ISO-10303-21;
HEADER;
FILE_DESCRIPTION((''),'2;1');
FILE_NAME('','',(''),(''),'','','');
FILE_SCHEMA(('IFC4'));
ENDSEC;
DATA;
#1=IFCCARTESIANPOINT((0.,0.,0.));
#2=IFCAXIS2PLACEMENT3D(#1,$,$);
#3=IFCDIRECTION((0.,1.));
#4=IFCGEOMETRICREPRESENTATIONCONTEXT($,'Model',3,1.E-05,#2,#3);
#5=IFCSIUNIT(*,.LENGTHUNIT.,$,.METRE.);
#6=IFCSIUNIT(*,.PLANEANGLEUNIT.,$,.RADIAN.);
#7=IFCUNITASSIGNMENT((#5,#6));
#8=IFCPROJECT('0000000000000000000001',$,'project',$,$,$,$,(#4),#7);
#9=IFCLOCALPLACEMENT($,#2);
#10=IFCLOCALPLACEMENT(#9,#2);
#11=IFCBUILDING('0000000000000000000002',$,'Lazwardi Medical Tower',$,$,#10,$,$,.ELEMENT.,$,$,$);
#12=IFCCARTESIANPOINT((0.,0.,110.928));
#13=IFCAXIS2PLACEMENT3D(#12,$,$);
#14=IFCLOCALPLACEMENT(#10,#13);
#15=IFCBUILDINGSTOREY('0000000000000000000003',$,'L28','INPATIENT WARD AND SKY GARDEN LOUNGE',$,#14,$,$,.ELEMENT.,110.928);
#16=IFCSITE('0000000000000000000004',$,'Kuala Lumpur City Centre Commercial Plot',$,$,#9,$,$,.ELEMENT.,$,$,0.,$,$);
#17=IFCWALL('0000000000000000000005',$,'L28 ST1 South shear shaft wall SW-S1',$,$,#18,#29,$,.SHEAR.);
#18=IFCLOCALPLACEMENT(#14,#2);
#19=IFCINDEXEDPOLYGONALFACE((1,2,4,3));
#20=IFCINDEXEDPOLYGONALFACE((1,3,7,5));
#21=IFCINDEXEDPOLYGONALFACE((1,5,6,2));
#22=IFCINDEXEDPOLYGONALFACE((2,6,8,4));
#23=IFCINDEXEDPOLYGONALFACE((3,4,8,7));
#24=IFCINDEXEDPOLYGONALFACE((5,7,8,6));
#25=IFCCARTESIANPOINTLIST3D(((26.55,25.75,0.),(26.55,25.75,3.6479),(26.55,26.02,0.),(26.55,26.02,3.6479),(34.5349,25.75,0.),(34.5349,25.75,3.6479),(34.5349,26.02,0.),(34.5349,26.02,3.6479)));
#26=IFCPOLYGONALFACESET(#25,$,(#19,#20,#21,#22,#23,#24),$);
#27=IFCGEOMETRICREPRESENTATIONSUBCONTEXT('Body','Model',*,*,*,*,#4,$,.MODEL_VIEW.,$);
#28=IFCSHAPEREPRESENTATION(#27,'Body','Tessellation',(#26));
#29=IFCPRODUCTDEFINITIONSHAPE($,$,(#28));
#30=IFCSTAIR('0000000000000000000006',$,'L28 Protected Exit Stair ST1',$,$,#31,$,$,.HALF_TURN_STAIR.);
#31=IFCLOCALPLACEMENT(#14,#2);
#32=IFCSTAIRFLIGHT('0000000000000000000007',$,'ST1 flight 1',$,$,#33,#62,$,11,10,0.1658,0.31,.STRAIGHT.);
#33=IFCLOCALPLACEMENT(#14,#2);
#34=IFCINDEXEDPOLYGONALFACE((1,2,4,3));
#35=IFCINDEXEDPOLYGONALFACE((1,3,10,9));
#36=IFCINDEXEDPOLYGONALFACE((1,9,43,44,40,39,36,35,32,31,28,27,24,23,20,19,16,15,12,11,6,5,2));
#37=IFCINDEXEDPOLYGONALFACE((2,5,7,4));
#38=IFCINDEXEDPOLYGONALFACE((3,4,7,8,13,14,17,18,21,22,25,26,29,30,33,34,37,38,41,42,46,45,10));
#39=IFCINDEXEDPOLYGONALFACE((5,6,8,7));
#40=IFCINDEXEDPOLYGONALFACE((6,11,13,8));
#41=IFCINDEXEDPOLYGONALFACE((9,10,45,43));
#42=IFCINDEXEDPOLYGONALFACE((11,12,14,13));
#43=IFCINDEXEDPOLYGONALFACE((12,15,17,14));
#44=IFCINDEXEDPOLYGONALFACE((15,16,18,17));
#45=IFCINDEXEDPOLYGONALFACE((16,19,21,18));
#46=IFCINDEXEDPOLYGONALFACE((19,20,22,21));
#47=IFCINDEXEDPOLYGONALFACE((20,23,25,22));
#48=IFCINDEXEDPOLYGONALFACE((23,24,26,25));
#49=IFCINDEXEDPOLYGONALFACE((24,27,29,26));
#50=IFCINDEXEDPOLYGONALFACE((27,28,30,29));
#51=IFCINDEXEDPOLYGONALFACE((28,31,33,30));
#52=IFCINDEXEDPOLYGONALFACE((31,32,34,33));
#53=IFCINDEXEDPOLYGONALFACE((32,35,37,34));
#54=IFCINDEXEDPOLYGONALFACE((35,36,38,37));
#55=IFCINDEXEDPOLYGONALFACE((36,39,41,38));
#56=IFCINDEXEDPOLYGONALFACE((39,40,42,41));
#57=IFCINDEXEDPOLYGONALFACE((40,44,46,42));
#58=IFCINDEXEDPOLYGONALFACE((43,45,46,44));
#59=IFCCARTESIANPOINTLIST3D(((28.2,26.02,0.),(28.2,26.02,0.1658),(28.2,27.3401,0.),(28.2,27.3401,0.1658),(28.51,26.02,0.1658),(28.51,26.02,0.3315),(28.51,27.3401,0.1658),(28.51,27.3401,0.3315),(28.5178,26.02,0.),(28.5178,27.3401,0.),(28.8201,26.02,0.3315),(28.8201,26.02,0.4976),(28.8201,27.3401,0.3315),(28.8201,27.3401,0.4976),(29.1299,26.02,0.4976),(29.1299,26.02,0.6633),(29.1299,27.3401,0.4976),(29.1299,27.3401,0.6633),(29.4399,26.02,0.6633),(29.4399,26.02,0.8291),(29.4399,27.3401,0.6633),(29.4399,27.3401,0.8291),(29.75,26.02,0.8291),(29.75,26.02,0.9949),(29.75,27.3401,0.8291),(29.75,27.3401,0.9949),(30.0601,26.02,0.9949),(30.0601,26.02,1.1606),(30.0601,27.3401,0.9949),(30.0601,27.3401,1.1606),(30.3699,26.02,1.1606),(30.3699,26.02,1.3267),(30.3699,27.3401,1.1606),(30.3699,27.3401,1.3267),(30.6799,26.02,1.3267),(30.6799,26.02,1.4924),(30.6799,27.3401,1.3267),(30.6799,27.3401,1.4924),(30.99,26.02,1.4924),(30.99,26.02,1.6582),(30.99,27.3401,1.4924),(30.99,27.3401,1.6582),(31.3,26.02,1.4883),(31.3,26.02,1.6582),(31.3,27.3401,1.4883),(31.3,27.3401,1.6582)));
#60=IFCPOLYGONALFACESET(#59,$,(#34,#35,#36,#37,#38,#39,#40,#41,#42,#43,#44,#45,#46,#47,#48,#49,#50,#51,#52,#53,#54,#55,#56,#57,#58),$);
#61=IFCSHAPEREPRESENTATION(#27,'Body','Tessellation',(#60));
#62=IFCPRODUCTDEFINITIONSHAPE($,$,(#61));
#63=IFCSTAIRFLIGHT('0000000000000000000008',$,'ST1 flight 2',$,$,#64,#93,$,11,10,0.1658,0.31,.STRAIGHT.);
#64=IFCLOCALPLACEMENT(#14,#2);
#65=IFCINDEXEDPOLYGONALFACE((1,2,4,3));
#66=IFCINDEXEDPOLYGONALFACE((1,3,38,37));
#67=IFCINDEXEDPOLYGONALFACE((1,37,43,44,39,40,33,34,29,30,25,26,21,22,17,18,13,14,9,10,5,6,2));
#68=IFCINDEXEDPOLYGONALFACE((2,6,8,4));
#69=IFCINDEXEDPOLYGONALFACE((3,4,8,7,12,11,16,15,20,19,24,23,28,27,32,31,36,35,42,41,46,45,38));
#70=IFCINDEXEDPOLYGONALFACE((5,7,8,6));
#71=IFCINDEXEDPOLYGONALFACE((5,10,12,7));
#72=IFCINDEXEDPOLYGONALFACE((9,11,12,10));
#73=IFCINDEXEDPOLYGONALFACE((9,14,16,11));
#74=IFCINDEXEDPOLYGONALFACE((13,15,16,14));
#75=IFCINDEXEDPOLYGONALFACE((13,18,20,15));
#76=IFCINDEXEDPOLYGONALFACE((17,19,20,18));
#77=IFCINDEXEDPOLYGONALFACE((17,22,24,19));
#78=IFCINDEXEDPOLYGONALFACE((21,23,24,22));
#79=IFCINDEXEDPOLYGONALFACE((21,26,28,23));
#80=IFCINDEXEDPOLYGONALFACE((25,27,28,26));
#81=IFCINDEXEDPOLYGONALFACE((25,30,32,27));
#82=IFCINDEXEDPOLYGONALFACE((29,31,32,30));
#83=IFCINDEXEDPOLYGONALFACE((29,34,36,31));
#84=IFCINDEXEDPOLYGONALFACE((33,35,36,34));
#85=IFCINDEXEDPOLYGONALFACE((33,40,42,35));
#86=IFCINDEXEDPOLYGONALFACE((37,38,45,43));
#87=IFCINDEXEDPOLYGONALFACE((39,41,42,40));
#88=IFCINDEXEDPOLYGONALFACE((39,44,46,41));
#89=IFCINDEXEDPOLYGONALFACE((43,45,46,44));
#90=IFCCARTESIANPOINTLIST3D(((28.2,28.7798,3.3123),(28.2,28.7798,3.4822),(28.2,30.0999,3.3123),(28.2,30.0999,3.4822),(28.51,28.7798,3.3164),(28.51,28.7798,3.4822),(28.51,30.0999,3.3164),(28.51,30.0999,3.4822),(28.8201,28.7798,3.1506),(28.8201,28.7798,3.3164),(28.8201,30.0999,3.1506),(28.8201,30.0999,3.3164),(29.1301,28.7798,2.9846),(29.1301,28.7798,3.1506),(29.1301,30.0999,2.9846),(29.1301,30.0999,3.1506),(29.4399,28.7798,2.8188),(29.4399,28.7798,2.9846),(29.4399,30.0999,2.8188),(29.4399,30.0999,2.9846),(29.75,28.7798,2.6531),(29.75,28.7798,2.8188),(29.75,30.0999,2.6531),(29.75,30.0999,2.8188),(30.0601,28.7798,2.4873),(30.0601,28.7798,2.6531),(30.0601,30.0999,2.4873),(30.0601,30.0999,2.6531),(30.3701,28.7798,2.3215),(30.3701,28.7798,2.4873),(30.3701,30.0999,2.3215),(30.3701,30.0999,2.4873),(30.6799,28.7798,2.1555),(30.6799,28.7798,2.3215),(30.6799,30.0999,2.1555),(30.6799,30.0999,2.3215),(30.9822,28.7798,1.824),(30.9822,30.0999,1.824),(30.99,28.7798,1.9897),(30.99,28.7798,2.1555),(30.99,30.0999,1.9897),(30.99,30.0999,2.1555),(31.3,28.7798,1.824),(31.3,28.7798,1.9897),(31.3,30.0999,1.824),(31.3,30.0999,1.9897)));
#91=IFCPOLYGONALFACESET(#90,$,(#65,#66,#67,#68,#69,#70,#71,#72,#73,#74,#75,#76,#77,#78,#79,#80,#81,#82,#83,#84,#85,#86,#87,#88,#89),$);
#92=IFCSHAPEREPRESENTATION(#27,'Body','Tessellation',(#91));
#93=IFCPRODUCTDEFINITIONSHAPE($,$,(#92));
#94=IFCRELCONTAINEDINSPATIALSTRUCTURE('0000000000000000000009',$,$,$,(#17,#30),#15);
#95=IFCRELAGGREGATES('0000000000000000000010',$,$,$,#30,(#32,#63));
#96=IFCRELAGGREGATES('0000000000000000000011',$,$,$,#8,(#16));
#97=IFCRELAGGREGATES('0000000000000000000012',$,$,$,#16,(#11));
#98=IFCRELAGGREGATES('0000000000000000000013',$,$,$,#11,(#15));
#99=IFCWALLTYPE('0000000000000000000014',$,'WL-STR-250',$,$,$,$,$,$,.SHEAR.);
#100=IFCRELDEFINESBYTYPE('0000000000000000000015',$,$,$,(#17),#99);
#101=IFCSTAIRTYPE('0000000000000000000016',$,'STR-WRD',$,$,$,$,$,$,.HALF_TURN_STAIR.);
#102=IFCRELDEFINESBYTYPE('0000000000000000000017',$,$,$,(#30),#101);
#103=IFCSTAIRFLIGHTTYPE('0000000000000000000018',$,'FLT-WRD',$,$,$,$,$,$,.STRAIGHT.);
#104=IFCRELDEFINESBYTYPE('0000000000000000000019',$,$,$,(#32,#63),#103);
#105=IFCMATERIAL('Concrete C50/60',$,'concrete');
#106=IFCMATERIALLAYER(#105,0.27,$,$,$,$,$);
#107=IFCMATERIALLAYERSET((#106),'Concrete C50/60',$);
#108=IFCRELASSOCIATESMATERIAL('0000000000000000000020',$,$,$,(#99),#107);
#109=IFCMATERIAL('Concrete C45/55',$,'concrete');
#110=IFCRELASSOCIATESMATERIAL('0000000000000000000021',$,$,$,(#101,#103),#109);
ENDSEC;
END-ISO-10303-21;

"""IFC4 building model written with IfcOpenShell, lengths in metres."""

from ifc_helpers import new_model, si_unit, direction, frame, frame_2d, origin, place, context, subcontext, project, spatial, polyline, rectangle, outline, extrude, material, layer, layer_set, type_object, element, aggregate, save


model = new_model("IFC4")

# Units and contexts
model_context = context("Model", 3, precision=1e-05, world=origin(), true_north=direction((0.0, 1.0)))
body_context = subcontext(model_context, "Body", "Model", "MODEL_VIEW")
ifc_project = project(units=[si_unit("LENGTHUNIT", "METRE"), si_unit("PLANEANGLEUNIT", "RADIAN")], contexts=[model_context])

# Site, building, storey
site_placement = place(None, origin())
site = spatial("IfcSite", under=ifc_project, at=site_placement, Name="Kuala Lumpur City Centre Commercial Plot", CompositionType="ELEMENT", RefElevation=0.0)
building_placement = place(site_placement, origin())
building = spatial("IfcBuilding", under=site, at=building_placement, Name="Lazwardi Medical Tower", CompositionType="ELEMENT")
storey_placement = place(building_placement, frame((0.0, 0.0, 110.928)))
storey = spatial("IfcBuildingStorey", under=building, at=storey_placement, Name="L28", Description="INPATIENT WARD AND SKY GARDEN LOUNGE", CompositionType="ELEMENT", Elevation=110.928)

# Wall
ifc_material_1 = material(Name="Concrete C50/60", Category="concrete")
ifc_layer_1 = layer(ifc_material_1, 0.27)
ifc_layer_set_1 = layer_set([ifc_layer_1], Name="Concrete C50/60")
wall_type_1 = type_object("IfcWallType", Name="WL-STR-250", PredefinedType="SHEAR", material=ifc_layer_set_1)
for number, where, z_axis, x_axis, name in (
    (1, (26.55, 25.885, 0.0), (0.0, 0.0, 1.0), (1.0, 0.0, 0.0), "L28 ST1 South shear shaft wall SW-S1"),
):
    element("IfcWall", number, at=place(storey_placement, frame(where, z_axis=z_axis, x_axis=x_axis)), inside=storey, type_object=wall_type_1, Name=name, PredefinedType="SHEAR", context=body_context, shape_type="SweptSolid", body=[
        extrude(rectangle(XDim=7.9849, YDim=0.27, at=frame_2d((3.9924, 0.0))), origin(), (0.0, 0.0, 1.0), 3.6479),
    ])

# Stair, stair flights
ifc_material_2 = material(Name="Concrete C45/55", Category="concrete")
stair_type = type_object("IfcStairType", Name="STR-WRD", PredefinedType="HALF_TURN_STAIR", material=ifc_material_2)
stair_placement = place(storey_placement, origin())
stair = element("IfcStair", 2, at=stair_placement, inside=storey, type_object=stair_type, Name="L28 Protected Exit Stair ST1", PredefinedType="HALF_TURN_STAIR")
stair_flight_type = type_object("IfcStairFlightType", Name="FLT-WRD", PredefinedType="STRAIGHT", material=ifc_material_2)
stair_flight_1_placement = place(storey_placement, frame((28.2, 26.6799, 0.0), z_axis=(0.0, 0.0, 1.0), x_axis=(1.0, 0.0, 0.0)))
stair_flight_1 = element("IfcStairFlight", 3, at=stair_flight_1_placement, type_object=stair_flight_type, Name="ST1 flight 1", NumberOfRisers=11, NumberOfTreads=10, PredefinedType="STRAIGHT", RiserHeight=0.1658, TreadLength=0.31, context=body_context, shape_type="SweptSolid", body=[
    extrude(outline(polyline([(0.0, 0.0), (0.0, 0.1658), (0.3101, 0.1658), (0.3101, 0.3315), (0.6201, 0.3315), (0.6201, 0.4976), (0.9299, 0.4976), (0.9299, 0.6633), (1.24, 0.6633), (1.24, 0.8291), (1.55, 0.8291), (1.55, 0.9949), (1.8601, 0.9949), (1.8601, 1.1606), (2.1699, 1.1606), (2.1699, 1.3267), (2.48, 1.3267), (2.48, 1.4924), (2.79, 1.4924), (2.79, 1.6582), (3.1001, 1.6582), (3.1001, 1.824), (3.1001, 1.4883), (0.3179, 0.0), (0.0, 0.0)])), frame((0.0, 0.6602, 0.0), z_axis=(0.0, -1.0, 0.0), x_axis=(1.0, 0.0, 0.0)), (0.0, 0.0, 1.0), 1.3201),
])
stair_flight_2_placement = place(storey_placement, frame((31.3, 29.4399, 1.824), z_axis=(0.0, 0.0, 1.0), x_axis=(-1.0, 0.0, 0.0)))
stair_flight_2 = element("IfcStairFlight", 4, at=stair_flight_2_placement, type_object=stair_flight_type, Name="ST1 flight 2", NumberOfRisers=11, NumberOfTreads=10, PredefinedType="STRAIGHT", RiserHeight=0.1658, TreadLength=0.31, context=body_context, shape_type="SweptSolid", body=[
    extrude(outline(polyline([(0.0, 0.0), (0.0, 0.1658), (0.3101, 0.1658), (0.3101, 0.3315), (0.6201, 0.3315), (0.6201, 0.4976), (0.9299, 0.4976), (0.9299, 0.6633), (1.24, 0.6633), (1.24, 0.8291), (1.55, 0.8291), (1.55, 0.9949), (1.8601, 0.9949), (1.8601, 1.1606), (2.1699, 1.1606), (2.1699, 1.3267), (2.48, 1.3267), (2.48, 1.4924), (2.79, 1.4924), (2.79, 1.6582), (3.1001, 1.6582), (3.1001, 1.824), (3.1001, 1.4883), (0.3179, 0.0), (0.0, 0.0)])), frame((0.0, 0.6602, 0.0), z_axis=(0.0, -1.0, 0.0), x_axis=(1.0, 0.0, 0.0)), (0.0, 0.0, 1.0), 1.3201),
])
aggregate(stair, [stair_flight_1, stair_flight_2])

save(model, "model.ifc")
